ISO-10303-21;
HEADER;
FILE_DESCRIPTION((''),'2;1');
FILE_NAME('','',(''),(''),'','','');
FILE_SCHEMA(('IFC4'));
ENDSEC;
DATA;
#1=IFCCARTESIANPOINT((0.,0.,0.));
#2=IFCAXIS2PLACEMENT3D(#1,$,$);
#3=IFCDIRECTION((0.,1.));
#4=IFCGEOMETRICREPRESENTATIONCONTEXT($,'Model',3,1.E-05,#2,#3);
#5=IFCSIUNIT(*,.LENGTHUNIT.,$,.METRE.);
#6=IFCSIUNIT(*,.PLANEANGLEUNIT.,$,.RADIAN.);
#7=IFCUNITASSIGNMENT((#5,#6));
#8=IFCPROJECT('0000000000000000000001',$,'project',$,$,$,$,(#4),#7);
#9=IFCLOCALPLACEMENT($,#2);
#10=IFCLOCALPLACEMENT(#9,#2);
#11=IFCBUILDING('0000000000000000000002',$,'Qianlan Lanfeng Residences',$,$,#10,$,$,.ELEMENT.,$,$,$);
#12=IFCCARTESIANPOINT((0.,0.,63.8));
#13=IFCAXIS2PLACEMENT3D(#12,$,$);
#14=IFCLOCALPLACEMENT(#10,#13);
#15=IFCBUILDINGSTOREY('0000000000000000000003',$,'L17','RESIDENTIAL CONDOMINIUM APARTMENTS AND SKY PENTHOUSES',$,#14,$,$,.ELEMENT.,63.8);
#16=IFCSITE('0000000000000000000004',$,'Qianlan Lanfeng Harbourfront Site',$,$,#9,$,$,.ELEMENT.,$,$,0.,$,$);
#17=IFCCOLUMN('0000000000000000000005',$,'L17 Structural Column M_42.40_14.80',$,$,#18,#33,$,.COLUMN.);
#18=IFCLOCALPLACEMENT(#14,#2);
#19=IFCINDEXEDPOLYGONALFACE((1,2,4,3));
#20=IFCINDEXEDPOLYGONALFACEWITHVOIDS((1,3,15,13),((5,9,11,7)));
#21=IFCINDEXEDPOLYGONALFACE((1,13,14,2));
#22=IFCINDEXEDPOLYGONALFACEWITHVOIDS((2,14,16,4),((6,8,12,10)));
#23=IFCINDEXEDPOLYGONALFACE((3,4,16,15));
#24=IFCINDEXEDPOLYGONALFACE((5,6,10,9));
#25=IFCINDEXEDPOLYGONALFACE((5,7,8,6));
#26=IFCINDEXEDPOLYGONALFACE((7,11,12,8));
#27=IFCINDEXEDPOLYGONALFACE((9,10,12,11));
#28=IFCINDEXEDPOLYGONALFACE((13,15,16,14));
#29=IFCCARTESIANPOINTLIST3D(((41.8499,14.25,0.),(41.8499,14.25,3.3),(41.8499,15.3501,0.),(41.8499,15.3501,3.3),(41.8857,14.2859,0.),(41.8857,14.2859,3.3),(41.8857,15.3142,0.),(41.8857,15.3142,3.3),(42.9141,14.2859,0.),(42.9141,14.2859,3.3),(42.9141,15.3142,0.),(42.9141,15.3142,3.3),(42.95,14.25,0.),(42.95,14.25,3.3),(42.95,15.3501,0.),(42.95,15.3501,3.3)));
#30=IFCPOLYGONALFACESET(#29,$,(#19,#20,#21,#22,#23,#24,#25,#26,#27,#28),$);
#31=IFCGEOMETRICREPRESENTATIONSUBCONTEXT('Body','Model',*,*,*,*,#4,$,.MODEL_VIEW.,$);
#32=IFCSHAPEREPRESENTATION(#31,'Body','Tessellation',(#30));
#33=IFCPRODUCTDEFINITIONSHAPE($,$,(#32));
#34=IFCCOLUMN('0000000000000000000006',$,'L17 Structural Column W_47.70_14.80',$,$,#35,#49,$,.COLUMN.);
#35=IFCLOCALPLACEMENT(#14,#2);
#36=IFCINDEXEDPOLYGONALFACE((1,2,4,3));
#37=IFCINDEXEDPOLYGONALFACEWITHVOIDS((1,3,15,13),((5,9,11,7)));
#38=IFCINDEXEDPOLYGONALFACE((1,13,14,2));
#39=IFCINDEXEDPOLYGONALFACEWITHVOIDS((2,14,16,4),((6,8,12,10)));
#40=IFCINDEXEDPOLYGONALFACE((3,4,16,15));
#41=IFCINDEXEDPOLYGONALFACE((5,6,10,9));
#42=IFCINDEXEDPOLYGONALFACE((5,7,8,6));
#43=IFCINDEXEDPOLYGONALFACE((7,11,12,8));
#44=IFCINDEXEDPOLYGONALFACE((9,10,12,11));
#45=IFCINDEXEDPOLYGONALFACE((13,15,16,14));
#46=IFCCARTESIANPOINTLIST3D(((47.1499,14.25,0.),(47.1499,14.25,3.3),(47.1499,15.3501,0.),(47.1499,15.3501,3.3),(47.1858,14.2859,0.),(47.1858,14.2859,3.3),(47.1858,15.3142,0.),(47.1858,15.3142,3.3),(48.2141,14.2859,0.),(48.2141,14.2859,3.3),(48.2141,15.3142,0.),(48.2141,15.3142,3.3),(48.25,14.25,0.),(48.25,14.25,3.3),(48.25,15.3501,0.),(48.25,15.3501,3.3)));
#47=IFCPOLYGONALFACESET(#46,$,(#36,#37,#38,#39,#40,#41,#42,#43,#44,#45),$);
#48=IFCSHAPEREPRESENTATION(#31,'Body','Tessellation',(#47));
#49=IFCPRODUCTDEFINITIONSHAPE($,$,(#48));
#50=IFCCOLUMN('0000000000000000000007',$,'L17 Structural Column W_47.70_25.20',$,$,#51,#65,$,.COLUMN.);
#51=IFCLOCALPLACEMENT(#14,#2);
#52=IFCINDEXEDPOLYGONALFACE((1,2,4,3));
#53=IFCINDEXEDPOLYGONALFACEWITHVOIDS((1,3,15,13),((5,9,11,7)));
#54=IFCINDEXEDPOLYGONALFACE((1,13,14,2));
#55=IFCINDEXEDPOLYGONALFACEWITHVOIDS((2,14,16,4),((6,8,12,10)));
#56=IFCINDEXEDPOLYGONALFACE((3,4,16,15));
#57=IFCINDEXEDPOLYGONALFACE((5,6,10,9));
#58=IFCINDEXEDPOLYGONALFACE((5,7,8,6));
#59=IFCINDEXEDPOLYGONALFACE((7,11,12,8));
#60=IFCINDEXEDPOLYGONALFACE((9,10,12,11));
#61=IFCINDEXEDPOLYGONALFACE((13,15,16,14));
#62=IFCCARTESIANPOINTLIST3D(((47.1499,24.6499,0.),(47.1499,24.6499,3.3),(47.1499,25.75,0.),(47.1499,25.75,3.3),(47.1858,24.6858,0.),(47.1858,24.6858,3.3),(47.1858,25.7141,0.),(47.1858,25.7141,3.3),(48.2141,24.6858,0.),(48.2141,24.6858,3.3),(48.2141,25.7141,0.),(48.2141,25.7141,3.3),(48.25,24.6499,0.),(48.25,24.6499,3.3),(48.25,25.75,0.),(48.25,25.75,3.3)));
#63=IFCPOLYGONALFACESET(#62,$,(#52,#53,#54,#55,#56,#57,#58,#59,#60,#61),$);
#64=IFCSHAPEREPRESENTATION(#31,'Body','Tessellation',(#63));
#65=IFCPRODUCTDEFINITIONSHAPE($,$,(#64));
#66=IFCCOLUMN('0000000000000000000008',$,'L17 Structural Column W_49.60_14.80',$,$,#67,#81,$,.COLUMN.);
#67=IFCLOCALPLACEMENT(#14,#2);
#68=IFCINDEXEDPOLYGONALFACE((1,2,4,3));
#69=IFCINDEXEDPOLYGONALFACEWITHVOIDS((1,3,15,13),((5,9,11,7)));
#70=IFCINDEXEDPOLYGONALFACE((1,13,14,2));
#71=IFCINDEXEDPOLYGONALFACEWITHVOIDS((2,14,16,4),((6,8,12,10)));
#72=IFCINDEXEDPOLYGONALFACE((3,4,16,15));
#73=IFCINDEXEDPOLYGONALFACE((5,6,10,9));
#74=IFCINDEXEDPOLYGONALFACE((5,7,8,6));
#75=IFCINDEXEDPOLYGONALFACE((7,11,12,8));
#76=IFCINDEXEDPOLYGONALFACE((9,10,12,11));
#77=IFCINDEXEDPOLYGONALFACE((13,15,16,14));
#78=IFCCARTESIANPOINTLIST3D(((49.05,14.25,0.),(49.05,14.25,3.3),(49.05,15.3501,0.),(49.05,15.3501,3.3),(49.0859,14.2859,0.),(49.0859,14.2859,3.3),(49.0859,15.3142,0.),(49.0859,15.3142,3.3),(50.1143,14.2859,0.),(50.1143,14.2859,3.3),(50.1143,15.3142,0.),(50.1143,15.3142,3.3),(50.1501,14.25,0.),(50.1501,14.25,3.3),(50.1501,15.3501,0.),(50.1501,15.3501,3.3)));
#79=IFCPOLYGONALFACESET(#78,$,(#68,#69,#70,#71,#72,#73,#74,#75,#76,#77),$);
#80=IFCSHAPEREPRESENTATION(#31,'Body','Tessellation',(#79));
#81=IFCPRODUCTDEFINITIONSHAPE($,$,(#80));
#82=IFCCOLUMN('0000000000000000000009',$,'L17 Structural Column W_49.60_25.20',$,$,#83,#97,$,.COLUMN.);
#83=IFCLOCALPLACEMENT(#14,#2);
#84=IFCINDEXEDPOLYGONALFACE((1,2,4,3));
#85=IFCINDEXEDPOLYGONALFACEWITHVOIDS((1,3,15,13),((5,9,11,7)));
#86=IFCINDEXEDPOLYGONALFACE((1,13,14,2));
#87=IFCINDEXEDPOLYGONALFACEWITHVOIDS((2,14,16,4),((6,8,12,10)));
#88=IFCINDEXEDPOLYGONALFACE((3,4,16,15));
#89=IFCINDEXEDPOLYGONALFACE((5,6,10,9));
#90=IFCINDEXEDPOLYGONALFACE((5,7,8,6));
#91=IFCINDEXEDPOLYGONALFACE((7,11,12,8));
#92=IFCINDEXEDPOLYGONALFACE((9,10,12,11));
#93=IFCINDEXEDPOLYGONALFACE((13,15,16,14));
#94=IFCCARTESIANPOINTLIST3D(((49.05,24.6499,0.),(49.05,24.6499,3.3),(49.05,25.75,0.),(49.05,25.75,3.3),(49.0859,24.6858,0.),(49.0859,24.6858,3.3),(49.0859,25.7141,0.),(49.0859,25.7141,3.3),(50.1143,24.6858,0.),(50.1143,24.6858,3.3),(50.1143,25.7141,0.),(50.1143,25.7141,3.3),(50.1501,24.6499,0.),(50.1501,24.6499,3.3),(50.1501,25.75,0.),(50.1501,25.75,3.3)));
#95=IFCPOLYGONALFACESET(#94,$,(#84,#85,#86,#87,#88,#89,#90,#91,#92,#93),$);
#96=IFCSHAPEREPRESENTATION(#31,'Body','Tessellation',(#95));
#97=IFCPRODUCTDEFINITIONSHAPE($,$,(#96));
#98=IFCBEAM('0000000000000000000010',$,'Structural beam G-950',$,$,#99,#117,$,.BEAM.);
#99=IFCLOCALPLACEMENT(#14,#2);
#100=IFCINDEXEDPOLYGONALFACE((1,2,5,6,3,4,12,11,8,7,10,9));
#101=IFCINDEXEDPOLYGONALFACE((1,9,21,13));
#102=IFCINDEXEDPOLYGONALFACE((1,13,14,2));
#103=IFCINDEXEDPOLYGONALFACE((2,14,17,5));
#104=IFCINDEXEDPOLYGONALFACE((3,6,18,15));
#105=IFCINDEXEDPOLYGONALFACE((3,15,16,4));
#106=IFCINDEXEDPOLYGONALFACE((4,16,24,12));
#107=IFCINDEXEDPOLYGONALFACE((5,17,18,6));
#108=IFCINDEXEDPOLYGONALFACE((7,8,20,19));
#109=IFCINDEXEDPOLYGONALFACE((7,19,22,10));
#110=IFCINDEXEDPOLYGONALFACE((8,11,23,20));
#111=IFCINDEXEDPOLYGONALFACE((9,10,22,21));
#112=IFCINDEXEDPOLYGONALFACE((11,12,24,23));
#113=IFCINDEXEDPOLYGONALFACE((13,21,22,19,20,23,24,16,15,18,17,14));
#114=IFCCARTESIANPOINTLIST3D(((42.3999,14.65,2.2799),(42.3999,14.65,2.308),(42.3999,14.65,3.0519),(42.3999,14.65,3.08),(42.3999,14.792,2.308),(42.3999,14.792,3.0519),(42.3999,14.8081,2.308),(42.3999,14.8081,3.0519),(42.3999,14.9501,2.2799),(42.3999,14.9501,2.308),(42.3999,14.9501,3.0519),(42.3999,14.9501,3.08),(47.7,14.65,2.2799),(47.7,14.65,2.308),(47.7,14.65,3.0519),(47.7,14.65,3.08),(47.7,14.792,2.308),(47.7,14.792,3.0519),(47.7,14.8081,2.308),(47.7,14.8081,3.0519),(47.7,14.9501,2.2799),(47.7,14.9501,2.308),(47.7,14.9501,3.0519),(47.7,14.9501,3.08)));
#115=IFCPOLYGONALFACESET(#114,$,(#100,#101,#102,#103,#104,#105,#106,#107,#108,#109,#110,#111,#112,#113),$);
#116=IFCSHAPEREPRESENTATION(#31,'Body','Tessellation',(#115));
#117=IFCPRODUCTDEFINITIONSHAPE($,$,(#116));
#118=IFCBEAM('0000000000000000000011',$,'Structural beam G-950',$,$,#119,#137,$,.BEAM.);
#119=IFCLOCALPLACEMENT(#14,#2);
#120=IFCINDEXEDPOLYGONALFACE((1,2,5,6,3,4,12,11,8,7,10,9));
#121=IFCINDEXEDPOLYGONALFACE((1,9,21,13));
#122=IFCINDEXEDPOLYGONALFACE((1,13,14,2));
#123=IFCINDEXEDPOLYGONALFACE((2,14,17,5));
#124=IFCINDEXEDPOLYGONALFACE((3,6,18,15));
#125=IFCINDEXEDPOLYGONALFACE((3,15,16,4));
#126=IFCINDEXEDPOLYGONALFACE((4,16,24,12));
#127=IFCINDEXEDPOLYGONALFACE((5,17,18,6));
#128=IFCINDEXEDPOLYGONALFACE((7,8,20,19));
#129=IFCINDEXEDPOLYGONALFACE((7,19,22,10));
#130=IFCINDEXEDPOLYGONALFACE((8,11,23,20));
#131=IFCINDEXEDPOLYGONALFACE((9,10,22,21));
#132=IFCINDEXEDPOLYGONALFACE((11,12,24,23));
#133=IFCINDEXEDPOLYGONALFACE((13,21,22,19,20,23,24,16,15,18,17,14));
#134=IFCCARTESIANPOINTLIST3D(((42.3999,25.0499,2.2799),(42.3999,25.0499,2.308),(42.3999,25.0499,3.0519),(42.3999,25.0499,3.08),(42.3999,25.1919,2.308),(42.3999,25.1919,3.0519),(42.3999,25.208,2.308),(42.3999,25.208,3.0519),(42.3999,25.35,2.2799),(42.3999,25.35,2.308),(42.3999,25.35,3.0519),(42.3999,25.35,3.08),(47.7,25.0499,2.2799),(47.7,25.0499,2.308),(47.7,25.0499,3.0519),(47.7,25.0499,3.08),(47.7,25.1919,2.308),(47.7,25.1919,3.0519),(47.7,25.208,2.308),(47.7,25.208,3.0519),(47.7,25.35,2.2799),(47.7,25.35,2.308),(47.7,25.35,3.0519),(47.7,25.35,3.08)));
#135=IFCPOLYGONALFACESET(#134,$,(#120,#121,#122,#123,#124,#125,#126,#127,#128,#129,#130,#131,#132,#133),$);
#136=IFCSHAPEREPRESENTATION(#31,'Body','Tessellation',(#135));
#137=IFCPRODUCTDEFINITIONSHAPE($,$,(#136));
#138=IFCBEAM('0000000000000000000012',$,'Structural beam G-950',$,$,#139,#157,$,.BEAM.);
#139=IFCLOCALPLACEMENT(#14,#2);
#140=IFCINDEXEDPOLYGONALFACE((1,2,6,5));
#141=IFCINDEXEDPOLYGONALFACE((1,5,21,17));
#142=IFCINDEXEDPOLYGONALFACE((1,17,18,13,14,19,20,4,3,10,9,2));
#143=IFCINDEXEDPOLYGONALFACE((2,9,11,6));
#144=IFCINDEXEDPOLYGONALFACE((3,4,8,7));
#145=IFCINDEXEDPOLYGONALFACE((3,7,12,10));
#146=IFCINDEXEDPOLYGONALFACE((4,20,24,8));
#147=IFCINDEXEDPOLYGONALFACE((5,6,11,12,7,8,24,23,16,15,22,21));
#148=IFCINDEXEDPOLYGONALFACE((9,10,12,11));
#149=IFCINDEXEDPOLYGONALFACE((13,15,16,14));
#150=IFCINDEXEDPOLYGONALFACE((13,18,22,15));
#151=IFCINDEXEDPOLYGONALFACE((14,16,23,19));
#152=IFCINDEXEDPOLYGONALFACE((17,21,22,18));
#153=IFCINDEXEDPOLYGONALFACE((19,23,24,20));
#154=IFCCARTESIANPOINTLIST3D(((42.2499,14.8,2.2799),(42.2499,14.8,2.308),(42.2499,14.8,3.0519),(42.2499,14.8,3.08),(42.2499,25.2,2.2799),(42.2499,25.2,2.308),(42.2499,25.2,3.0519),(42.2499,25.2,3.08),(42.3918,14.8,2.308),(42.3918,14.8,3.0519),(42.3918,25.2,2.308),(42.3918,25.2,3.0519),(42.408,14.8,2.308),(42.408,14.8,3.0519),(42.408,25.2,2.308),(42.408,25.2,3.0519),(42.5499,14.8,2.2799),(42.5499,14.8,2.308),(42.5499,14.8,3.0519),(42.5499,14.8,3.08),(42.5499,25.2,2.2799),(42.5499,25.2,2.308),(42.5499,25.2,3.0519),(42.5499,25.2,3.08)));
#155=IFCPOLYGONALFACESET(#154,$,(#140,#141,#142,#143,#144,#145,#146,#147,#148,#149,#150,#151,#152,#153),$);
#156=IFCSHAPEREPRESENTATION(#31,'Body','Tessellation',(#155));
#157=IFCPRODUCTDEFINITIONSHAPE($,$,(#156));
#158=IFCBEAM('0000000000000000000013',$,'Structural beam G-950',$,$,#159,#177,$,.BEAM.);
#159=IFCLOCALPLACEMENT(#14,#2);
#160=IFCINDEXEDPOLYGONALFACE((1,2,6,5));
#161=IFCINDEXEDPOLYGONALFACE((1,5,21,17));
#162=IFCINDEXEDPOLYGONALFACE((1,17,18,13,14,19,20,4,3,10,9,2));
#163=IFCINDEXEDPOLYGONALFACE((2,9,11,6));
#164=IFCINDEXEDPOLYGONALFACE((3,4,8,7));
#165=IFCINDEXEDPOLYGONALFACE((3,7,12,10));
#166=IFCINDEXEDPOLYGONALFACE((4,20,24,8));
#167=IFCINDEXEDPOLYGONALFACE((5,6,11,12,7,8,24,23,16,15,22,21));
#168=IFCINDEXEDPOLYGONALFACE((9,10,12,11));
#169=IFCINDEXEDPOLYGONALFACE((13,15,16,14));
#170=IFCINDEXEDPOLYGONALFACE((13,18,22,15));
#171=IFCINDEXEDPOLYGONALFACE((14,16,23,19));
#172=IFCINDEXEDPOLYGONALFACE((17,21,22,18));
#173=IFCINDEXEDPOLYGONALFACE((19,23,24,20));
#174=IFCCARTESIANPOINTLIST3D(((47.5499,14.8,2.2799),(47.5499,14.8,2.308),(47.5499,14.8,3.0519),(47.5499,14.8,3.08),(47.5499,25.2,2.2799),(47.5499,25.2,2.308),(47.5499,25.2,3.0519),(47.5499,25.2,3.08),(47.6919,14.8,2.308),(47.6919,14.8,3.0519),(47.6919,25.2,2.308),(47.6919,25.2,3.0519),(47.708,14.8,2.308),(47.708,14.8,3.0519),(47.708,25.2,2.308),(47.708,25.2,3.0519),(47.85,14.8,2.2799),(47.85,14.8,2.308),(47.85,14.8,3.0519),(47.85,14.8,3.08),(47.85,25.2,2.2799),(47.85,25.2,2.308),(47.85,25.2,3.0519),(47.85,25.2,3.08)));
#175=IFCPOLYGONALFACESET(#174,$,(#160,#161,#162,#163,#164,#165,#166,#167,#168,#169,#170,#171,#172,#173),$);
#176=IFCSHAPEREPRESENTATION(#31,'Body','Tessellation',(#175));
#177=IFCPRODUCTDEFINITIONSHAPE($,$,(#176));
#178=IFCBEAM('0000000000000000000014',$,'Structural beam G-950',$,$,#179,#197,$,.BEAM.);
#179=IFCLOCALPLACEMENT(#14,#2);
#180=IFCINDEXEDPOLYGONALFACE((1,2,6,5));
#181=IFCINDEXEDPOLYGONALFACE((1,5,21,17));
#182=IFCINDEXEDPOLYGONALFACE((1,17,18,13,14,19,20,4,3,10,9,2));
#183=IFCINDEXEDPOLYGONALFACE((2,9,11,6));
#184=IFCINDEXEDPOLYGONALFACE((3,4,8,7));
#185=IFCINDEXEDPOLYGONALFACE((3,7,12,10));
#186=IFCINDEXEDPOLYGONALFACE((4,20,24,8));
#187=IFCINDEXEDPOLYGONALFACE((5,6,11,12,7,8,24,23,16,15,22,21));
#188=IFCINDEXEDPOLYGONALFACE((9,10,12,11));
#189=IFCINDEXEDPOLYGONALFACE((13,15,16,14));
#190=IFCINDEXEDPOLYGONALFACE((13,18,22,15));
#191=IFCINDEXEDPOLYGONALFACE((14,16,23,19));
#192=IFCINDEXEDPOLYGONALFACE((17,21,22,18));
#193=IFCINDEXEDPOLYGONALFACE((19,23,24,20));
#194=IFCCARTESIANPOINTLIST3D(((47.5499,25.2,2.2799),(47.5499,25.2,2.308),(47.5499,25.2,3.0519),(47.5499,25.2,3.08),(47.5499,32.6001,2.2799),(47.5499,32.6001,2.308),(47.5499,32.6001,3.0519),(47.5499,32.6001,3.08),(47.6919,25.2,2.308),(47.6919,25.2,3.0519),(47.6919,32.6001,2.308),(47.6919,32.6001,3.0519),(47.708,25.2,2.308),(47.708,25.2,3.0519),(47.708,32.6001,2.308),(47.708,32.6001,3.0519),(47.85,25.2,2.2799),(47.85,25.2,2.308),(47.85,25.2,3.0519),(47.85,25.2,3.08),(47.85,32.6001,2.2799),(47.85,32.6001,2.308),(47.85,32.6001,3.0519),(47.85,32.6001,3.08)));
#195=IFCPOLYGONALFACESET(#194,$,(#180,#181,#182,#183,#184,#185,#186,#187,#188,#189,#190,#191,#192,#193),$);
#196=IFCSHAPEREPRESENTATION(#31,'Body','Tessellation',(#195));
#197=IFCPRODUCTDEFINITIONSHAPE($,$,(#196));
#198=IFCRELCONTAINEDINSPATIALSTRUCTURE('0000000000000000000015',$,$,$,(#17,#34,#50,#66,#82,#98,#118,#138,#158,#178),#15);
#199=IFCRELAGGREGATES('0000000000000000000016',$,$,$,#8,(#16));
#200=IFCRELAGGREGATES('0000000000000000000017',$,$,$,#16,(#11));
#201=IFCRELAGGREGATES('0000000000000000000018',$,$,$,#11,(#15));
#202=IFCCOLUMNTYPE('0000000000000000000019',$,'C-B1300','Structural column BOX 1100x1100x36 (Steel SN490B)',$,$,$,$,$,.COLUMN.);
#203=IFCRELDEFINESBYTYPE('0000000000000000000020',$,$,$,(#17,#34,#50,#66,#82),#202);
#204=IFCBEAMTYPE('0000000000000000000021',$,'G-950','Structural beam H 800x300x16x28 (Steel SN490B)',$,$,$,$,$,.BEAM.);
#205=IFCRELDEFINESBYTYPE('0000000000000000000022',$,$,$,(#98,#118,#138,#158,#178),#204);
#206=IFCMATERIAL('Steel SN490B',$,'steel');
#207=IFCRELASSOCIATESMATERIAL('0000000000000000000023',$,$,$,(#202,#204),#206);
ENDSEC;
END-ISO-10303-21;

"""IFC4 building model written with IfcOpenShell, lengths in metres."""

from ifc_helpers import new_model, si_unit, direction, frame, origin, origin_2d, place, context, subcontext, project, spatial, hollow_rectangle, i_section, extrude, material, material_profile, profile_set, type_object, element, save


model = new_model("IFC4")

# Units and contexts
model_context = context("Model", 3, precision=1e-05, world=origin(), true_north=direction((0.0, 1.0)))
body_context = subcontext(model_context, "Body", "Model", "MODEL_VIEW")
ifc_project = project(units=[si_unit("LENGTHUNIT", "METRE"), si_unit("PLANEANGLEUNIT", "RADIAN")], contexts=[model_context])

# Site, building, storey
site_placement = place(None, origin())
site = spatial("IfcSite", under=ifc_project, at=site_placement, Name="Qianlan Lanfeng Harbourfront Site", CompositionType="ELEMENT", RefElevation=0.0)
building_placement = place(site_placement, origin())
building = spatial("IfcBuilding", under=site, at=building_placement, Name="Qianlan Lanfeng Residences", CompositionType="ELEMENT")
storey_placement = place(building_placement, frame((0.0, 0.0, 63.8)))
storey = spatial("IfcBuildingStorey", under=building, at=storey_placement, Name="L17", Description="RESIDENTIAL CONDOMINIUM APARTMENTS AND SKY PENTHOUSES", CompositionType="ELEMENT", Elevation=63.8)

# Columns
ifc_material_1 = material(Name="Steel SN490B", Category="steel")
ifc_material_profile_1 = material_profile(ifc_material_1, hollow_rectangle(XDim=1.1001, YDim=1.1001, WallThickness=0.0359, at=origin_2d()), Name="BOX 1100x1100x36")
ifc_profile_set_1 = profile_set([ifc_material_profile_1], Name="Steel SN490B")
column_type = type_object("IfcColumnType", Name="C-B1300", Description="Structural column BOX 1100x1100x36 (Steel SN490B)", PredefinedType="COLUMN", material=ifc_profile_set_1)
for number, where, z_axis, x_axis, name in (
    (1, (42.3999, 14.8, 0.0), (0.0, 0.0, 1.0), (1.0, 0.0, 0.0), "L17 Structural Column M_42.40_14.80"),
    (2, (47.7, 14.8, 0.0), (0.0, 0.0, 1.0), (1.0, 0.0, 0.0), "L17 Structural Column W_47.70_14.80"),
    (3, (47.7, 25.2, 0.0), (0.0, 0.0, 1.0), (1.0, 0.0, 0.0), "L17 Structural Column W_47.70_25.20"),
    (4, (49.6001, 14.8, 0.0), (0.0, 0.0, 1.0), (1.0, 0.0, 0.0), "L17 Structural Column W_49.60_14.80"),
    (5, (49.6001, 25.2, 0.0), (0.0, 0.0, 1.0), (1.0, 0.0, 0.0), "L17 Structural Column W_49.60_25.20"),
):
    element("IfcColumn", number, at=place(storey_placement, frame(where, z_axis=z_axis, x_axis=x_axis)), inside=storey, type_object=column_type, Name=name, PredefinedType="COLUMN", context=body_context, shape_type="SweptSolid", body=[
        extrude(hollow_rectangle(XDim=1.1001, YDim=1.1001, WallThickness=0.0359, at=origin_2d()), origin(), (0.0, 0.0, 1.0), 3.3),
    ])

# Beams
ifc_material_profile_2 = material_profile(ifc_material_1, i_section(OverallWidth=0.3, OverallDepth=0.8, WebThickness=0.0161, FlangeThickness=0.0281, at=origin_2d()), Name="H 800x300x16x28")
ifc_profile_set_2 = profile_set([ifc_material_profile_2], Name="Steel SN490B")
beam_type_1 = type_object("IfcBeamType", Name="G-950", Description="Structural beam H 800x300x16x28 (Steel SN490B)", PredefinedType="BEAM", material=ifc_profile_set_2)
for number, where, z_axis, x_axis, name in (
    (6, (42.3999, 14.8, 2.6799), (1.0, 0.0, 0.0), (0.0, 1.0, 0.0), "Structural beam G-950"),
    (7, (42.3999, 25.2, 2.6799), (1.0, 0.0, 0.0), (0.0, 1.0, 0.0), "Structural beam G-950"),
):
    element("IfcBeam", number, at=place(storey_placement, frame(where, z_axis=z_axis, x_axis=x_axis)), inside=storey, type_object=beam_type_1, Name=name, PredefinedType="BEAM", context=body_context, shape_type="SweptSolid", body=[
        extrude(i_section(OverallWidth=0.3, OverallDepth=0.8, WebThickness=0.0161, FlangeThickness=0.0281, at=origin_2d()), origin(), (0.0, 0.0, 1.0), 5.3),
    ])
for number, where, z_axis, x_axis, name in (
    (8, (42.3999, 14.8, 2.6799), (0.0, 1.0, 0.0), (-1.0, 0.0, 0.0), "Structural beam G-950"),
    (9, (47.7, 14.8, 2.6799), (0.0, 1.0, 0.0), (-1.0, 0.0, 0.0), "Structural beam G-950"),
):
    element("IfcBeam", number, at=place(storey_placement, frame(where, z_axis=z_axis, x_axis=x_axis)), inside=storey, type_object=beam_type_1, Name=name, PredefinedType="BEAM", context=body_context, shape_type="SweptSolid", body=[
        extrude(i_section(OverallWidth=0.3, OverallDepth=0.8, WebThickness=0.0161, FlangeThickness=0.0281, at=origin_2d()), origin(), (0.0, 0.0, 1.0), 10.3999),
    ])
beam_1_placement = place(storey_placement, frame((47.7, 25.2, 2.6799), z_axis=(0.0, 1.0, 0.0), x_axis=(-1.0, 0.0, 0.0)))
element("IfcBeam", 10, at=beam_1_placement, inside=storey, type_object=beam_type_1, Name="Structural beam G-950", PredefinedType="BEAM", context=body_context, shape_type="SweptSolid", body=[
    extrude(i_section(OverallWidth=0.3, OverallDepth=0.8, WebThickness=0.0161, FlangeThickness=0.0281, at=origin_2d()), origin(), (0.0, 0.0, 1.0), 7.4001),
])

save(model, "model.ifc")
